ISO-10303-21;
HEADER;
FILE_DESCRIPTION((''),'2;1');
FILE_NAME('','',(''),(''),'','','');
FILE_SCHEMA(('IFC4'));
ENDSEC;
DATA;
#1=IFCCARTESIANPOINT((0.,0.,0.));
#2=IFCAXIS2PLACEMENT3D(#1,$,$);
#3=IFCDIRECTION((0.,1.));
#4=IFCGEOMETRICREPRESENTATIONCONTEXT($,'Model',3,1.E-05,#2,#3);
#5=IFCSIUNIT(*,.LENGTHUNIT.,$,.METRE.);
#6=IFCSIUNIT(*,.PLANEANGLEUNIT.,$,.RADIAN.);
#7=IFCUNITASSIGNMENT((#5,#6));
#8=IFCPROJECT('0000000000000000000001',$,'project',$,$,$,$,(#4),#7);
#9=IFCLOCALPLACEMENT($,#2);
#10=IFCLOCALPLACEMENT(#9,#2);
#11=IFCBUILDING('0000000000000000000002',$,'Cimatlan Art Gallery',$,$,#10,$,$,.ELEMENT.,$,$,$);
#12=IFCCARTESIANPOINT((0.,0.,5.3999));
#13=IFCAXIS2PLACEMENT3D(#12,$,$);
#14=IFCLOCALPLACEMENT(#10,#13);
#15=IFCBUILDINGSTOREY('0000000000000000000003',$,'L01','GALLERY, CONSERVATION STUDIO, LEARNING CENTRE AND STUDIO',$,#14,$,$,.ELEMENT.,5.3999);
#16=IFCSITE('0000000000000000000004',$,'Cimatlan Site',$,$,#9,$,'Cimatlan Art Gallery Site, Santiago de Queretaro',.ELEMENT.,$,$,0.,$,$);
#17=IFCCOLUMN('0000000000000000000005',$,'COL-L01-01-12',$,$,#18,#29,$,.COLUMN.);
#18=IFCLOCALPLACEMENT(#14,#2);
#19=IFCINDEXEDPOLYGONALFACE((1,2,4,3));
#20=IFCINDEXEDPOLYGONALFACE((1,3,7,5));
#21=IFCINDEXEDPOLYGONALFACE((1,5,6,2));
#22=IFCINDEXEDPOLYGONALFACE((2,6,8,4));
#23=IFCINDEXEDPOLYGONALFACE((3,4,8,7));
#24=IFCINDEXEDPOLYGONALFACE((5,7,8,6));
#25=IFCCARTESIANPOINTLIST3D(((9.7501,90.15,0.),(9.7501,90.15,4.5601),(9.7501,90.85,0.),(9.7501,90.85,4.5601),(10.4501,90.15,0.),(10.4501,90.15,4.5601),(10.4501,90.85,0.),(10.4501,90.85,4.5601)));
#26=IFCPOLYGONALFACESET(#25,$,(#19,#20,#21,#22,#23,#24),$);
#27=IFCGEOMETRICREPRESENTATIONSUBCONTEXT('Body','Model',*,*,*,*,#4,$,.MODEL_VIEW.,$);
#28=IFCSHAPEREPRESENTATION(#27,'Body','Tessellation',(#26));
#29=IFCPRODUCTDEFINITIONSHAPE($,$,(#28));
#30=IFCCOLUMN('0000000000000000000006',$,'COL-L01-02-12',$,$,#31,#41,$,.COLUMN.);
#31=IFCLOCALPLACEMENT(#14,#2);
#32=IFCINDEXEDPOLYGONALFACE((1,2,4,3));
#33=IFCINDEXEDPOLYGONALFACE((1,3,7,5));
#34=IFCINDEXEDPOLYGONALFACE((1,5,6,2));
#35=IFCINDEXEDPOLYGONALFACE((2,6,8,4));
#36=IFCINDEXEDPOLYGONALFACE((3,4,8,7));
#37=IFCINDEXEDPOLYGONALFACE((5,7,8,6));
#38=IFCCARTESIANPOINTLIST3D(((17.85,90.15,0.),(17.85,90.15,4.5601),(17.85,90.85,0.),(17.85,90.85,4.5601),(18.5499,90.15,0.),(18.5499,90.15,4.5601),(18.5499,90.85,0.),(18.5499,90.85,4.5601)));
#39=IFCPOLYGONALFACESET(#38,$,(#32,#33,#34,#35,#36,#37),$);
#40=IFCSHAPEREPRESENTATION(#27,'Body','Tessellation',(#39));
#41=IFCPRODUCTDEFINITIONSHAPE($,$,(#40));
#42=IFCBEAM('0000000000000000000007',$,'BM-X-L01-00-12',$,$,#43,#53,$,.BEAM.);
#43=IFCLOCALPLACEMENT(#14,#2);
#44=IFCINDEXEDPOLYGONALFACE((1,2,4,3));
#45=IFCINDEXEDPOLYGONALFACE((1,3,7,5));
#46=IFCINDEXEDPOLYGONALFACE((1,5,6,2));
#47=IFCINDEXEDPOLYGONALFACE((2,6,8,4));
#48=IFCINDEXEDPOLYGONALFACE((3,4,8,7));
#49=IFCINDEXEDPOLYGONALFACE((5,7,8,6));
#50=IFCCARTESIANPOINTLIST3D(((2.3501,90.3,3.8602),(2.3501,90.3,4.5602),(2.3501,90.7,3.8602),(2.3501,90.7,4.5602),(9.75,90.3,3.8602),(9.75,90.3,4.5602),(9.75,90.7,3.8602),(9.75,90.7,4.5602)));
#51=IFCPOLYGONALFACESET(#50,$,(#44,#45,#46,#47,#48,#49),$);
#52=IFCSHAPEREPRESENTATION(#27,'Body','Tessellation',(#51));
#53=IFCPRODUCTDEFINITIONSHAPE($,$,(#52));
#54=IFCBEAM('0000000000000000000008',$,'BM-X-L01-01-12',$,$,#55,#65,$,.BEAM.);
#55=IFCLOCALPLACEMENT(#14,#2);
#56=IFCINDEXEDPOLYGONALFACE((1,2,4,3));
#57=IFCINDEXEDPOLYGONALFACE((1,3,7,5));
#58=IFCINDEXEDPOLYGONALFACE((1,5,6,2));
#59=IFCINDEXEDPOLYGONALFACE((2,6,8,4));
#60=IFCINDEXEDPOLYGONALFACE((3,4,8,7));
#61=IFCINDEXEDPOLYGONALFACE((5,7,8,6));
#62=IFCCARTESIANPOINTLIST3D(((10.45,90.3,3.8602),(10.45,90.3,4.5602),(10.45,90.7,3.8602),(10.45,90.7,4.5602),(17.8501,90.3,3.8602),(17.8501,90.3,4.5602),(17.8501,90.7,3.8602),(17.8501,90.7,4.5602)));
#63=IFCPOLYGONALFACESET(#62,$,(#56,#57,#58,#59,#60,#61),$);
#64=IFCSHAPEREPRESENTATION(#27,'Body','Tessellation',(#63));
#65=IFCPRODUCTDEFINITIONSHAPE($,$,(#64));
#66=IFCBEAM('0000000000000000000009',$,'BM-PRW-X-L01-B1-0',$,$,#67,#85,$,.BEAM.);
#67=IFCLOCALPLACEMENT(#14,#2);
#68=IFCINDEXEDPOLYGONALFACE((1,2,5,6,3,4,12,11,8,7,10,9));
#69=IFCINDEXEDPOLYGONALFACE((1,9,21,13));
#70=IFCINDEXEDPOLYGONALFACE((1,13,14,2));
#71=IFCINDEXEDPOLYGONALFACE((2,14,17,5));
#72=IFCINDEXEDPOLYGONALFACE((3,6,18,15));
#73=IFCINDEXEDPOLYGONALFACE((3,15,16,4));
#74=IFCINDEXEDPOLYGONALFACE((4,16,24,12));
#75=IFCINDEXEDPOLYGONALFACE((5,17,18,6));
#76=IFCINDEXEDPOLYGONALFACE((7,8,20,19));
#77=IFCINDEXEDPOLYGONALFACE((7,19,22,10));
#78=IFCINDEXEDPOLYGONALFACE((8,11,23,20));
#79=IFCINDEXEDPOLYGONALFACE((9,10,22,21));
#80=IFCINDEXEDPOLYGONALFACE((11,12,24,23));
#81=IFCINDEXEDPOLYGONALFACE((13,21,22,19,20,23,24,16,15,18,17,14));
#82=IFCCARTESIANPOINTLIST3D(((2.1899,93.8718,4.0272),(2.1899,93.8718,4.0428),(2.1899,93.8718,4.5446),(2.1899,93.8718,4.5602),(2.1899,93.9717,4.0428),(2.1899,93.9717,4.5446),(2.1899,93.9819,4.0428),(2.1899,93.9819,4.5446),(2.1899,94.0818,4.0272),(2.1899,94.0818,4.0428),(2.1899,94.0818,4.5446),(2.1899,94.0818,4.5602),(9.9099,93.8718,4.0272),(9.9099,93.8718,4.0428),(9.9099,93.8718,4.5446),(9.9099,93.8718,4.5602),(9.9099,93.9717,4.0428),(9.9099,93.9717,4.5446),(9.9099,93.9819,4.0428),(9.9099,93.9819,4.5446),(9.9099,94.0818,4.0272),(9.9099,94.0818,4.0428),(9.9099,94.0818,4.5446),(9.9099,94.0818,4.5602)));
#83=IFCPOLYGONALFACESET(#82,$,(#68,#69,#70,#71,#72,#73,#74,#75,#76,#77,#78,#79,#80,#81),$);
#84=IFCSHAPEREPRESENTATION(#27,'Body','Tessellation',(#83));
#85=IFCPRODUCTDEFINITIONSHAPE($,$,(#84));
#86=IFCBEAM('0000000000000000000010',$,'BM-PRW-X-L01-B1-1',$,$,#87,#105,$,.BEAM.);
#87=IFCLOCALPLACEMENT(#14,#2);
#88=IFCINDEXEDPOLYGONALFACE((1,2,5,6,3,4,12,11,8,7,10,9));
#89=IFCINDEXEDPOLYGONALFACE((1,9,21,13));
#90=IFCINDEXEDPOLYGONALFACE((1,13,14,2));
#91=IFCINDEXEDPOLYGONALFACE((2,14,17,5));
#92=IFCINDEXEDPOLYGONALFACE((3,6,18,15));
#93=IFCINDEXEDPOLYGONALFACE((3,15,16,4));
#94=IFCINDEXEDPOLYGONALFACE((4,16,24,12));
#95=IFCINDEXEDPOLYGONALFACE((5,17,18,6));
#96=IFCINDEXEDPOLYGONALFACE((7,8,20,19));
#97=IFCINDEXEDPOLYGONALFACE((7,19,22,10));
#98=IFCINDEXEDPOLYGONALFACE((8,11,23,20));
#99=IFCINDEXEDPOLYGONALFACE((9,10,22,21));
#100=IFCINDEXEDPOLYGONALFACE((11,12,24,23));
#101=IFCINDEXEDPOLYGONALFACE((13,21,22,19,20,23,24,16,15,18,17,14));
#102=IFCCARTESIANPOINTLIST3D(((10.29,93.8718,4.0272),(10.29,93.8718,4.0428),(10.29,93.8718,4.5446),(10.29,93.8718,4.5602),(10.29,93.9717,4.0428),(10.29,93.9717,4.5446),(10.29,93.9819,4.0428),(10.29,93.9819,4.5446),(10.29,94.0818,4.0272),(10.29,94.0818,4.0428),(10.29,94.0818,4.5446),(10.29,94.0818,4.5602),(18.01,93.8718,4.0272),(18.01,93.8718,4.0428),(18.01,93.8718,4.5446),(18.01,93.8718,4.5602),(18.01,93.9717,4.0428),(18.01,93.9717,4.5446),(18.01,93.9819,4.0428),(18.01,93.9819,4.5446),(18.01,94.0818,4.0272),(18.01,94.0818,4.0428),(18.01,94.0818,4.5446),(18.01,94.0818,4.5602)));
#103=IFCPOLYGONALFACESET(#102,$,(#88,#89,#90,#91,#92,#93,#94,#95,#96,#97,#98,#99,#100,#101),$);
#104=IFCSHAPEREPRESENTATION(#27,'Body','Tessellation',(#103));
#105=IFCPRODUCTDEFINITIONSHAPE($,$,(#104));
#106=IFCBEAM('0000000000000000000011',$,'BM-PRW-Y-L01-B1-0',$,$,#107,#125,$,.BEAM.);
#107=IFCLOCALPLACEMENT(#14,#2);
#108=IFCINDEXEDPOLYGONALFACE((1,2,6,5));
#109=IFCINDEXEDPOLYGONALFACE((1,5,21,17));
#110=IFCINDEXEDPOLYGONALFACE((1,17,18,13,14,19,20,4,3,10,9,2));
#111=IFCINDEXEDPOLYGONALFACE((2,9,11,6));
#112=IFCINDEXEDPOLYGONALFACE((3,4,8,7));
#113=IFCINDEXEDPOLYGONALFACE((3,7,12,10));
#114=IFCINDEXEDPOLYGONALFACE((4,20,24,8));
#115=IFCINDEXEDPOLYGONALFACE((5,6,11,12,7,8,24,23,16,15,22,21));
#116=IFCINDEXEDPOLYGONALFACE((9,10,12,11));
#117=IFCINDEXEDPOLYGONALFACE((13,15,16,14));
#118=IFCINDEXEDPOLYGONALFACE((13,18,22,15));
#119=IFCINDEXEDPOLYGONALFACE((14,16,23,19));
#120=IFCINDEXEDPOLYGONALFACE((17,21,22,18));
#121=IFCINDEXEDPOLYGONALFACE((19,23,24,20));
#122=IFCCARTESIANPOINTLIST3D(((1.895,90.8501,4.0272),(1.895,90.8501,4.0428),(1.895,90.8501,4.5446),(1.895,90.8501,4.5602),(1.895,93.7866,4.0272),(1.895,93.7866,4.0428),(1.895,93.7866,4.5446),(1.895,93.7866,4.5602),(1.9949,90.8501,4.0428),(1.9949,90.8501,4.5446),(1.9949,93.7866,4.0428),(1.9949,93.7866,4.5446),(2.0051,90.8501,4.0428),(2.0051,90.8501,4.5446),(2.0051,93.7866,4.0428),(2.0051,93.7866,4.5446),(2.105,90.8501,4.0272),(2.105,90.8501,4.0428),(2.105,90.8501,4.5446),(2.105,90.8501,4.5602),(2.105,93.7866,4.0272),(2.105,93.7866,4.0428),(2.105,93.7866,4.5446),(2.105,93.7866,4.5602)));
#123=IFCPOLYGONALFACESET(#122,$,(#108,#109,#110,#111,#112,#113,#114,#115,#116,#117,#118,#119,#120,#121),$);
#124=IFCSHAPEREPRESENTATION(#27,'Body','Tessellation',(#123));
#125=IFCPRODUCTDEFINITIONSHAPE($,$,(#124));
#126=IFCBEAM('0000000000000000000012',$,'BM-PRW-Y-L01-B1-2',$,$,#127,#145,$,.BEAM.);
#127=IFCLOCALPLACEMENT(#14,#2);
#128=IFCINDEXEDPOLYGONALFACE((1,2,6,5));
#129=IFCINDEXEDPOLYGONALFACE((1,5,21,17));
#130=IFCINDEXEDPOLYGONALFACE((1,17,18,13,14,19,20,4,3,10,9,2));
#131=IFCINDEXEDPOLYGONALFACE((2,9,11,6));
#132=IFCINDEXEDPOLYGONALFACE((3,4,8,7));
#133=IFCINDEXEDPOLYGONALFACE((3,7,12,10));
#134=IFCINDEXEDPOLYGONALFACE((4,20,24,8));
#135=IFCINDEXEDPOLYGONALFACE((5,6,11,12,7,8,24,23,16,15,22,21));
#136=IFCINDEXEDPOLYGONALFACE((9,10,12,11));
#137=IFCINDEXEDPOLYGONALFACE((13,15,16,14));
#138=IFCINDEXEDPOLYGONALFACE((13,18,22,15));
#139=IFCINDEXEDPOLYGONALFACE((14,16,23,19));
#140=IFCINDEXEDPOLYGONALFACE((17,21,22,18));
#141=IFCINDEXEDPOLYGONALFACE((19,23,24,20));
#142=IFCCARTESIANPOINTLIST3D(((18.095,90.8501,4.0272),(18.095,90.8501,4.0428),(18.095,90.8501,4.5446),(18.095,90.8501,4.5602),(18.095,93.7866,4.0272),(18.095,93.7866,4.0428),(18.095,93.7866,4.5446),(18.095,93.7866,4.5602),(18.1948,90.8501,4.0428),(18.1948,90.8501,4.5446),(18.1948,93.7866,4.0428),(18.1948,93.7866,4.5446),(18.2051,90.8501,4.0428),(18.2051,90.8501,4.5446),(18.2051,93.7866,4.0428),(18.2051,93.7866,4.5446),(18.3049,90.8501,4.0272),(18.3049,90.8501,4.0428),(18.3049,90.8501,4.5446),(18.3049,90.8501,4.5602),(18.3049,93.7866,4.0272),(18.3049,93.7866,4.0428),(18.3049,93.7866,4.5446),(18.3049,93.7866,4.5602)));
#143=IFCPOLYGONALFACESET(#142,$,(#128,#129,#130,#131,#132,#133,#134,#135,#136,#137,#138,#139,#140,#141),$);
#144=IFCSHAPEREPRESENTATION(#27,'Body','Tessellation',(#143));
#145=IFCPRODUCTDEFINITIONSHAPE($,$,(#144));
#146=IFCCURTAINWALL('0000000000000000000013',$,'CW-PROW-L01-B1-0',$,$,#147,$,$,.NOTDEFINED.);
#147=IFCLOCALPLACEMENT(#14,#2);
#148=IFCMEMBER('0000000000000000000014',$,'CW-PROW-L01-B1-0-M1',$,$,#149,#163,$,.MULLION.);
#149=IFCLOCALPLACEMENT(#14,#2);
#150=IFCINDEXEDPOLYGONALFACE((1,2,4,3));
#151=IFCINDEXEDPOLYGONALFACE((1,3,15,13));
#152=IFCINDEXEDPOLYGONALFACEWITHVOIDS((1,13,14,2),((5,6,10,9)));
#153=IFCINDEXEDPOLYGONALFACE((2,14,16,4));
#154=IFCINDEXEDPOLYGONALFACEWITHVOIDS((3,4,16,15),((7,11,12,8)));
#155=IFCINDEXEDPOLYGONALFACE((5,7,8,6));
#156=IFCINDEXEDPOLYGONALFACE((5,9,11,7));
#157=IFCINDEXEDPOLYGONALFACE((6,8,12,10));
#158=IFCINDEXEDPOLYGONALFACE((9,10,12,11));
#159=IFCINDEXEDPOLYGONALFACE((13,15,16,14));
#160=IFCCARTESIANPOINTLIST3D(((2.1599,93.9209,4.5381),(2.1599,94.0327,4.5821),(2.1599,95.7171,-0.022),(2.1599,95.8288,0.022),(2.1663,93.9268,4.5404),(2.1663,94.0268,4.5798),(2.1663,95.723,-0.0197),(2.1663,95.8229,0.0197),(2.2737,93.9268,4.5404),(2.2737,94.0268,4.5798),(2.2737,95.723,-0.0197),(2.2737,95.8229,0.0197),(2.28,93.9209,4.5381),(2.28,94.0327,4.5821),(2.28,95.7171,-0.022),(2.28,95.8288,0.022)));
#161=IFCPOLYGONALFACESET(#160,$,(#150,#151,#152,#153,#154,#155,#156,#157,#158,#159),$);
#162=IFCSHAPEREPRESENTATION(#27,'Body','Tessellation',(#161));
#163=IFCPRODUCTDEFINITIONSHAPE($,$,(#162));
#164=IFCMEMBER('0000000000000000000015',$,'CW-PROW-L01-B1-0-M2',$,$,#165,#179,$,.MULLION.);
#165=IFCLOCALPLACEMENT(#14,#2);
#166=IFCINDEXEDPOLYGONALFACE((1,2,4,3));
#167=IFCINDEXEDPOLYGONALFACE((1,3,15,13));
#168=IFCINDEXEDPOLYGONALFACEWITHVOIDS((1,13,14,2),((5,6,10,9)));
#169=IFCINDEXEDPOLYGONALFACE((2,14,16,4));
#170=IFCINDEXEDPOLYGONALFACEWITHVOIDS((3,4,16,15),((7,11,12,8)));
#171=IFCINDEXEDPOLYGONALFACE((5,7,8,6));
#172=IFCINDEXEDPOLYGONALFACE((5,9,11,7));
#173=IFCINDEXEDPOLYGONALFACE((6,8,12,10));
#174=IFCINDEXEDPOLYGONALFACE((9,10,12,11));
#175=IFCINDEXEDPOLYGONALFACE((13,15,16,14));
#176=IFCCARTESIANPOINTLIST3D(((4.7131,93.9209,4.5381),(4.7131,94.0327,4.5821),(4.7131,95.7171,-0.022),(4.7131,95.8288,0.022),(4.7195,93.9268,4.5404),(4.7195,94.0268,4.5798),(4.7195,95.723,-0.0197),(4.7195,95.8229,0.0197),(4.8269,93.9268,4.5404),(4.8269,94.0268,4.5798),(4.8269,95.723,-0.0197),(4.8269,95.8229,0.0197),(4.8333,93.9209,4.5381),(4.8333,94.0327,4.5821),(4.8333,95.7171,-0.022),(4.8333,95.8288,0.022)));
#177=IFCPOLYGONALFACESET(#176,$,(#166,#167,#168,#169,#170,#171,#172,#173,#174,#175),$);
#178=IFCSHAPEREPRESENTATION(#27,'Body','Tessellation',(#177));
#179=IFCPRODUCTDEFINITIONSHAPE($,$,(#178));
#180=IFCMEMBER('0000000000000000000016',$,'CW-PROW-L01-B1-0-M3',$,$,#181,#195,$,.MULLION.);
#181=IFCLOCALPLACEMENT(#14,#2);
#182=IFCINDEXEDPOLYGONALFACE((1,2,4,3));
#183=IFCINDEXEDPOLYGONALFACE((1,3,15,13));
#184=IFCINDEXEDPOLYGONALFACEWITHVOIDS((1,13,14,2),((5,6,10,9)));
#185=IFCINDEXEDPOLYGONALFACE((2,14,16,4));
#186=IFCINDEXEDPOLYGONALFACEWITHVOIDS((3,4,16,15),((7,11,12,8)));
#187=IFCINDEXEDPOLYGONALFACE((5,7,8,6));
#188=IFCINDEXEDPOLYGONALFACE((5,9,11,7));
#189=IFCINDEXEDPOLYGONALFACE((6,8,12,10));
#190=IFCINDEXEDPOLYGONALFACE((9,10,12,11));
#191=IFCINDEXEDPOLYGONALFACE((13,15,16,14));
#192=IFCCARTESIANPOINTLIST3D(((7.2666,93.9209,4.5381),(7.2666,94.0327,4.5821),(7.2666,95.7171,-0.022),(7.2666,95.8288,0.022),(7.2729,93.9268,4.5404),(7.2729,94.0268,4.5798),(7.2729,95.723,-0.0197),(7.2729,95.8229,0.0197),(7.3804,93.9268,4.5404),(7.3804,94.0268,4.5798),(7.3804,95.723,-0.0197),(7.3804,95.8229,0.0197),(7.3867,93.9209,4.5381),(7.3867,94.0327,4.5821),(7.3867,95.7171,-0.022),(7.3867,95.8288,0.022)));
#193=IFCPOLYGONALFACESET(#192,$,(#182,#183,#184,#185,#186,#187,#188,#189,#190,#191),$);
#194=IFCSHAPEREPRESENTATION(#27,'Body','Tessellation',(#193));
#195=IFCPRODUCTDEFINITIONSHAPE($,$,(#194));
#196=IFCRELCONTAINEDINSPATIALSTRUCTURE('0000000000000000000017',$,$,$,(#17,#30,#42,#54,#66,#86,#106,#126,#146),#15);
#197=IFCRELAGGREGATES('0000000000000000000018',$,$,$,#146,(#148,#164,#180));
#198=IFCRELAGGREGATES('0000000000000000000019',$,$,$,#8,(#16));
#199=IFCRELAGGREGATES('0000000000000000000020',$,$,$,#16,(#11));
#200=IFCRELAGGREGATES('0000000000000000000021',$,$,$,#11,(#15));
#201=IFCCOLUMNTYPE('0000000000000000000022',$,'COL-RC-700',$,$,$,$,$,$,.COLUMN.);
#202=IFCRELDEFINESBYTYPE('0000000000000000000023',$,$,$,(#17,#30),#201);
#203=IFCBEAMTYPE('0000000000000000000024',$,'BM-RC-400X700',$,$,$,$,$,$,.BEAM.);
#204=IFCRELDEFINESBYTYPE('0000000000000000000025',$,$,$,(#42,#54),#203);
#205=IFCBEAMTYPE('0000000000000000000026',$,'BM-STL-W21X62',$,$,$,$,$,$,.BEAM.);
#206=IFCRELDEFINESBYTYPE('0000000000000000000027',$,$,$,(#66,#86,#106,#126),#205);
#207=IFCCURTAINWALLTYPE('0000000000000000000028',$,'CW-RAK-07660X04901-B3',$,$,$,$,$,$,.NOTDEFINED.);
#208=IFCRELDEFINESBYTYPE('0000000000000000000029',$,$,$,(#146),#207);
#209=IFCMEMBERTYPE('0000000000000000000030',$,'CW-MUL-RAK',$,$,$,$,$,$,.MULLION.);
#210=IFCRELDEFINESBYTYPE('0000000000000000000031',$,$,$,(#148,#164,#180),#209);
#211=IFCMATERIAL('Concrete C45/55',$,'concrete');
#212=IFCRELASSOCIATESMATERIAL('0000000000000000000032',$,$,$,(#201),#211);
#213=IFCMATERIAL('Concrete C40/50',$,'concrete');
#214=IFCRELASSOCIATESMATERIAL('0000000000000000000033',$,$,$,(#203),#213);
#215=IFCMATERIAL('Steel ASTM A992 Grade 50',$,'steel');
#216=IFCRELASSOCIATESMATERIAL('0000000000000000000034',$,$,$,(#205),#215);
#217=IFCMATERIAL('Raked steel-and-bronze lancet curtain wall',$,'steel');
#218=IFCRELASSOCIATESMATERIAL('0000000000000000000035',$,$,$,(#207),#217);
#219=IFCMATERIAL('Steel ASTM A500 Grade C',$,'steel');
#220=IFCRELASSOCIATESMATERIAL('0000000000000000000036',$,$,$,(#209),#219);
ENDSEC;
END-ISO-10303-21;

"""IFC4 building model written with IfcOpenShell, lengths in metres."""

from ifc_helpers import new_model, si_unit, direction, frame, origin, origin_2d, place, context, subcontext, project, spatial, rectangle, hollow_rectangle, i_section, extrude, material, material_profile, profile_set, type_object, element, aggregate, save


model = new_model("IFC4")

# Units and contexts
model_context = context("Model", 3, precision=1e-05, world=origin(), true_north=direction((0.0, 1.0)))
body_context = subcontext(model_context, "Body", "Model", "MODEL_VIEW")
ifc_project = project(units=[si_unit("LENGTHUNIT", "METRE"), si_unit("PLANEANGLEUNIT", "RADIAN")], contexts=[model_context])

# Site, building, storey
site_placement = place(None, origin())
site = spatial("IfcSite", under=ifc_project, at=site_placement, Name="Cimatlan Site", LongName="Cimatlan Art Gallery Site, Santiago de Queretaro", CompositionType="ELEMENT", RefElevation=0.0)
building_placement = place(site_placement, origin())
building = spatial("IfcBuilding", under=site, at=building_placement, Name="Cimatlan Art Gallery", CompositionType="ELEMENT")
storey_placement = place(building_placement, frame((0.0, 0.0, 5.3999)))
storey = spatial("IfcBuildingStorey", under=building, at=storey_placement, Name="L01", Description="GALLERY, CONSERVATION STUDIO, LEARNING CENTRE AND STUDIO", CompositionType="ELEMENT", Elevation=5.3999)

# Columns
ifc_material_1 = material(Name="Concrete C45/55", Category="concrete")
ifc_material_profile_1 = material_profile(ifc_material_1, rectangle(XDim=0.7, YDim=0.7, at=origin_2d()), Name="RC700X700")
ifc_profile_set_1 = profile_set([ifc_material_profile_1], Name="Concrete C45/55")
column_type = type_object("IfcColumnType", Name="COL-RC-700", PredefinedType="COLUMN", material=ifc_profile_set_1)
for number, where, z_axis, x_axis, name in (
    (1, (10.1001, 90.5, 0.0), (0.0, 0.0, 1.0), (1.0, 0.0, 0.0), "COL-L01-01-12"),
    (2, (18.2, 90.5, 0.0), (0.0, 0.0, 1.0), (1.0, 0.0, 0.0), "COL-L01-02-12"),
):
    element("IfcColumn", number, at=place(storey_placement, frame(where, z_axis=z_axis, x_axis=x_axis)), inside=storey, type_object=column_type, Name=name, PredefinedType="COLUMN", context=body_context, shape_type="SweptSolid", body=[
        extrude(rectangle(XDim=0.7, YDim=0.7, at=origin_2d()), origin(), (0.0, 0.0, 1.0), 4.5601),
    ])

# Beams
ifc_material_2 = material(Name="Concrete C40/50", Category="concrete")
ifc_material_profile_2 = material_profile(ifc_material_2, rectangle(XDim=0.3999, YDim=0.7, at=origin_2d()), Name="RC400X700")
ifc_profile_set_2 = profile_set([ifc_material_profile_2], Name="Concrete C40/50")
beam_type_1 = type_object("IfcBeamType", Name="BM-RC-400X700", PredefinedType="BEAM", material=ifc_profile_set_2)
beam_1_placement = place(storey_placement, frame((2.3501, 90.5, 4.2102), z_axis=(1.0, 0.0, 0.0), x_axis=(0.0, 1.0, 0.0)))
element("IfcBeam", 3, at=beam_1_placement, inside=storey, type_object=beam_type_1, Name="BM-X-L01-00-12", PredefinedType="BEAM", context=body_context, shape_type="SweptSolid", body=[
    extrude(rectangle(XDim=0.3999, YDim=0.7, at=origin_2d()), origin(), (0.0, 0.0, 1.0), 7.3999),
])
beam_2_placement = place(storey_placement, frame((10.45, 90.5, 4.2102), z_axis=(1.0, 0.0, 0.0), x_axis=(0.0, 1.0, 0.0)))
element("IfcBeam", 4, at=beam_2_placement, inside=storey, type_object=beam_type_1, Name="BM-X-L01-01-12", PredefinedType="BEAM", context=body_context, shape_type="SweptSolid", body=[
    extrude(rectangle(XDim=0.3999, YDim=0.7, at=origin_2d()), origin(), (0.0, 0.0, 1.0), 7.4001),
])
ifc_material_3 = material(Name="Steel ASTM A992 Grade 50", Category="steel")
ifc_material_profile_3 = material_profile(ifc_material_3, i_section(OverallWidth=0.21, OverallDepth=0.533, WebThickness=0.0103, FlangeThickness=0.0156, at=origin_2d()), Name="W21X62")
ifc_profile_set_3 = profile_set([ifc_material_profile_3], Name="Steel ASTM A992 Grade 50")
beam_type_2 = type_object("IfcBeamType", Name="BM-STL-W21X62", PredefinedType="BEAM", material=ifc_profile_set_3)
for number, where, z_axis, x_axis, name in (
    (5, (2.1899, 93.9768, 4.2937), (1.0, 0.0, 0.0), (0.0, 1.0, 0.0), "BM-PRW-X-L01-B1-0"),
    (6, (10.29, 93.9768, 4.2937), (1.0, 0.0, 0.0), (0.0, 1.0, 0.0), "BM-PRW-X-L01-B1-1"),
):
    element("IfcBeam", number, at=place(storey_placement, frame(where, z_axis=z_axis, x_axis=x_axis)), inside=storey, type_object=beam_type_2, Name=name, PredefinedType="BEAM", context=body_context, shape_type="SweptSolid", body=[
        extrude(i_section(OverallWidth=0.21, OverallDepth=0.533, WebThickness=0.0103, FlangeThickness=0.0156, at=origin_2d()), origin(), (0.0, 0.0, 1.0), 7.72),
    ])
for number, where, z_axis, x_axis, name in (
    (7, (2.0, 90.8501, 4.2937), (0.0, 1.0, 0.0), (-1.0, 0.0, 0.0), "BM-PRW-Y-L01-B1-0"),
    (8, (18.2, 90.8501, 4.2937), (0.0, 1.0, 0.0), (-1.0, 0.0, 0.0), "BM-PRW-Y-L01-B1-2"),
):
    element("IfcBeam", number, at=place(storey_placement, frame(where, z_axis=z_axis, x_axis=x_axis)), inside=storey, type_object=beam_type_2, Name=name, PredefinedType="BEAM", context=body_context, shape_type="SweptSolid", body=[
        extrude(i_section(OverallWidth=0.21, OverallDepth=0.533, WebThickness=0.0103, FlangeThickness=0.0156, at=origin_2d()), origin(), (0.0, 0.0, 1.0), 2.9365),
    ])

# Curtain wall, members
ifc_material_4 = material(Name="Raked steel-and-bronze lancet curtain wall", Category="steel")
curtain_wall_type = type_object("IfcCurtainWallType", Name="CW-RAK-07660X04901-B3", PredefinedType="NOTDEFINED", material=ifc_material_4)
curtain_wall_1_placement = place(storey_placement, origin())
curtain_wall_1 = element("IfcCurtainWall", 9, at=curtain_wall_1_placement, inside=storey, type_object=curtain_wall_type, Name="CW-PROW-L01-B1-0", PredefinedType="NOTDEFINED")
ifc_material_5 = material(Name="Steel ASTM A500 Grade C", Category="steel")
ifc_material_profile_4 = material_profile(ifc_material_5, hollow_rectangle(XDim=0.1201, YDim=0.1201, WallThickness=0.0063, at=origin_2d()), Name="HSS120X120X6")
ifc_profile_set_4 = profile_set([ifc_material_profile_4], Name="Steel ASTM A500 Grade C")
member_type_1 = type_object("IfcMemberType", Name="CW-MUL-RAK", PredefinedType="MULLION", material=ifc_profile_set_4)
member_1_placement = place(storey_placement, frame((2.22, 95.7729, 0.0), z_axis=(0.0, -0.366481, 0.930425), x_axis=(1.0, 0.0, 0.0)))
member_1 = element("IfcMember", 10, at=member_1_placement, type_object=member_type_1, Name="CW-PROW-L01-B1-0-M1", PredefinedType="MULLION", context=body_context, shape_type="SweptSolid", body=[
    extrude(hollow_rectangle(XDim=0.1201, YDim=0.1201, WallThickness=0.0063, at=origin_2d()), origin(), (0.0, 0.0, 1.0), 4.9011),
])
member_2_placement = place(storey_placement, frame((4.7732, 95.7729, 0.0), z_axis=(0.0, -0.366481, 0.930425), x_axis=(1.0, 0.0, 0.0)))
member_2 = element("IfcMember", 11, at=member_2_placement, type_object=member_type_1, Name="CW-PROW-L01-B1-0-M2", PredefinedType="MULLION", context=body_context, shape_type="SweptSolid", body=[
    extrude(hollow_rectangle(XDim=0.1201, YDim=0.1201, WallThickness=0.0063, at=origin_2d()), origin(), (0.0, 0.0, 1.0), 4.9011),
])
member_3_placement = place(storey_placement, frame((7.3267, 95.7729, 0.0), z_axis=(0.0, -0.366481, 0.930425), x_axis=(1.0, 0.0, 0.0)))
member_3 = element("IfcMember", 12, at=member_3_placement, type_object=member_type_1, Name="CW-PROW-L01-B1-0-M3", PredefinedType="MULLION", context=body_context, shape_type="SweptSolid", body=[
    extrude(hollow_rectangle(XDim=0.1201, YDim=0.1201, WallThickness=0.0063, at=origin_2d()), origin(), (0.0, 0.0, 1.0), 4.9011),
])

aggregate(curtain_wall_1, [member_1, member_2, member_3])

save(model, "model.ifc")
